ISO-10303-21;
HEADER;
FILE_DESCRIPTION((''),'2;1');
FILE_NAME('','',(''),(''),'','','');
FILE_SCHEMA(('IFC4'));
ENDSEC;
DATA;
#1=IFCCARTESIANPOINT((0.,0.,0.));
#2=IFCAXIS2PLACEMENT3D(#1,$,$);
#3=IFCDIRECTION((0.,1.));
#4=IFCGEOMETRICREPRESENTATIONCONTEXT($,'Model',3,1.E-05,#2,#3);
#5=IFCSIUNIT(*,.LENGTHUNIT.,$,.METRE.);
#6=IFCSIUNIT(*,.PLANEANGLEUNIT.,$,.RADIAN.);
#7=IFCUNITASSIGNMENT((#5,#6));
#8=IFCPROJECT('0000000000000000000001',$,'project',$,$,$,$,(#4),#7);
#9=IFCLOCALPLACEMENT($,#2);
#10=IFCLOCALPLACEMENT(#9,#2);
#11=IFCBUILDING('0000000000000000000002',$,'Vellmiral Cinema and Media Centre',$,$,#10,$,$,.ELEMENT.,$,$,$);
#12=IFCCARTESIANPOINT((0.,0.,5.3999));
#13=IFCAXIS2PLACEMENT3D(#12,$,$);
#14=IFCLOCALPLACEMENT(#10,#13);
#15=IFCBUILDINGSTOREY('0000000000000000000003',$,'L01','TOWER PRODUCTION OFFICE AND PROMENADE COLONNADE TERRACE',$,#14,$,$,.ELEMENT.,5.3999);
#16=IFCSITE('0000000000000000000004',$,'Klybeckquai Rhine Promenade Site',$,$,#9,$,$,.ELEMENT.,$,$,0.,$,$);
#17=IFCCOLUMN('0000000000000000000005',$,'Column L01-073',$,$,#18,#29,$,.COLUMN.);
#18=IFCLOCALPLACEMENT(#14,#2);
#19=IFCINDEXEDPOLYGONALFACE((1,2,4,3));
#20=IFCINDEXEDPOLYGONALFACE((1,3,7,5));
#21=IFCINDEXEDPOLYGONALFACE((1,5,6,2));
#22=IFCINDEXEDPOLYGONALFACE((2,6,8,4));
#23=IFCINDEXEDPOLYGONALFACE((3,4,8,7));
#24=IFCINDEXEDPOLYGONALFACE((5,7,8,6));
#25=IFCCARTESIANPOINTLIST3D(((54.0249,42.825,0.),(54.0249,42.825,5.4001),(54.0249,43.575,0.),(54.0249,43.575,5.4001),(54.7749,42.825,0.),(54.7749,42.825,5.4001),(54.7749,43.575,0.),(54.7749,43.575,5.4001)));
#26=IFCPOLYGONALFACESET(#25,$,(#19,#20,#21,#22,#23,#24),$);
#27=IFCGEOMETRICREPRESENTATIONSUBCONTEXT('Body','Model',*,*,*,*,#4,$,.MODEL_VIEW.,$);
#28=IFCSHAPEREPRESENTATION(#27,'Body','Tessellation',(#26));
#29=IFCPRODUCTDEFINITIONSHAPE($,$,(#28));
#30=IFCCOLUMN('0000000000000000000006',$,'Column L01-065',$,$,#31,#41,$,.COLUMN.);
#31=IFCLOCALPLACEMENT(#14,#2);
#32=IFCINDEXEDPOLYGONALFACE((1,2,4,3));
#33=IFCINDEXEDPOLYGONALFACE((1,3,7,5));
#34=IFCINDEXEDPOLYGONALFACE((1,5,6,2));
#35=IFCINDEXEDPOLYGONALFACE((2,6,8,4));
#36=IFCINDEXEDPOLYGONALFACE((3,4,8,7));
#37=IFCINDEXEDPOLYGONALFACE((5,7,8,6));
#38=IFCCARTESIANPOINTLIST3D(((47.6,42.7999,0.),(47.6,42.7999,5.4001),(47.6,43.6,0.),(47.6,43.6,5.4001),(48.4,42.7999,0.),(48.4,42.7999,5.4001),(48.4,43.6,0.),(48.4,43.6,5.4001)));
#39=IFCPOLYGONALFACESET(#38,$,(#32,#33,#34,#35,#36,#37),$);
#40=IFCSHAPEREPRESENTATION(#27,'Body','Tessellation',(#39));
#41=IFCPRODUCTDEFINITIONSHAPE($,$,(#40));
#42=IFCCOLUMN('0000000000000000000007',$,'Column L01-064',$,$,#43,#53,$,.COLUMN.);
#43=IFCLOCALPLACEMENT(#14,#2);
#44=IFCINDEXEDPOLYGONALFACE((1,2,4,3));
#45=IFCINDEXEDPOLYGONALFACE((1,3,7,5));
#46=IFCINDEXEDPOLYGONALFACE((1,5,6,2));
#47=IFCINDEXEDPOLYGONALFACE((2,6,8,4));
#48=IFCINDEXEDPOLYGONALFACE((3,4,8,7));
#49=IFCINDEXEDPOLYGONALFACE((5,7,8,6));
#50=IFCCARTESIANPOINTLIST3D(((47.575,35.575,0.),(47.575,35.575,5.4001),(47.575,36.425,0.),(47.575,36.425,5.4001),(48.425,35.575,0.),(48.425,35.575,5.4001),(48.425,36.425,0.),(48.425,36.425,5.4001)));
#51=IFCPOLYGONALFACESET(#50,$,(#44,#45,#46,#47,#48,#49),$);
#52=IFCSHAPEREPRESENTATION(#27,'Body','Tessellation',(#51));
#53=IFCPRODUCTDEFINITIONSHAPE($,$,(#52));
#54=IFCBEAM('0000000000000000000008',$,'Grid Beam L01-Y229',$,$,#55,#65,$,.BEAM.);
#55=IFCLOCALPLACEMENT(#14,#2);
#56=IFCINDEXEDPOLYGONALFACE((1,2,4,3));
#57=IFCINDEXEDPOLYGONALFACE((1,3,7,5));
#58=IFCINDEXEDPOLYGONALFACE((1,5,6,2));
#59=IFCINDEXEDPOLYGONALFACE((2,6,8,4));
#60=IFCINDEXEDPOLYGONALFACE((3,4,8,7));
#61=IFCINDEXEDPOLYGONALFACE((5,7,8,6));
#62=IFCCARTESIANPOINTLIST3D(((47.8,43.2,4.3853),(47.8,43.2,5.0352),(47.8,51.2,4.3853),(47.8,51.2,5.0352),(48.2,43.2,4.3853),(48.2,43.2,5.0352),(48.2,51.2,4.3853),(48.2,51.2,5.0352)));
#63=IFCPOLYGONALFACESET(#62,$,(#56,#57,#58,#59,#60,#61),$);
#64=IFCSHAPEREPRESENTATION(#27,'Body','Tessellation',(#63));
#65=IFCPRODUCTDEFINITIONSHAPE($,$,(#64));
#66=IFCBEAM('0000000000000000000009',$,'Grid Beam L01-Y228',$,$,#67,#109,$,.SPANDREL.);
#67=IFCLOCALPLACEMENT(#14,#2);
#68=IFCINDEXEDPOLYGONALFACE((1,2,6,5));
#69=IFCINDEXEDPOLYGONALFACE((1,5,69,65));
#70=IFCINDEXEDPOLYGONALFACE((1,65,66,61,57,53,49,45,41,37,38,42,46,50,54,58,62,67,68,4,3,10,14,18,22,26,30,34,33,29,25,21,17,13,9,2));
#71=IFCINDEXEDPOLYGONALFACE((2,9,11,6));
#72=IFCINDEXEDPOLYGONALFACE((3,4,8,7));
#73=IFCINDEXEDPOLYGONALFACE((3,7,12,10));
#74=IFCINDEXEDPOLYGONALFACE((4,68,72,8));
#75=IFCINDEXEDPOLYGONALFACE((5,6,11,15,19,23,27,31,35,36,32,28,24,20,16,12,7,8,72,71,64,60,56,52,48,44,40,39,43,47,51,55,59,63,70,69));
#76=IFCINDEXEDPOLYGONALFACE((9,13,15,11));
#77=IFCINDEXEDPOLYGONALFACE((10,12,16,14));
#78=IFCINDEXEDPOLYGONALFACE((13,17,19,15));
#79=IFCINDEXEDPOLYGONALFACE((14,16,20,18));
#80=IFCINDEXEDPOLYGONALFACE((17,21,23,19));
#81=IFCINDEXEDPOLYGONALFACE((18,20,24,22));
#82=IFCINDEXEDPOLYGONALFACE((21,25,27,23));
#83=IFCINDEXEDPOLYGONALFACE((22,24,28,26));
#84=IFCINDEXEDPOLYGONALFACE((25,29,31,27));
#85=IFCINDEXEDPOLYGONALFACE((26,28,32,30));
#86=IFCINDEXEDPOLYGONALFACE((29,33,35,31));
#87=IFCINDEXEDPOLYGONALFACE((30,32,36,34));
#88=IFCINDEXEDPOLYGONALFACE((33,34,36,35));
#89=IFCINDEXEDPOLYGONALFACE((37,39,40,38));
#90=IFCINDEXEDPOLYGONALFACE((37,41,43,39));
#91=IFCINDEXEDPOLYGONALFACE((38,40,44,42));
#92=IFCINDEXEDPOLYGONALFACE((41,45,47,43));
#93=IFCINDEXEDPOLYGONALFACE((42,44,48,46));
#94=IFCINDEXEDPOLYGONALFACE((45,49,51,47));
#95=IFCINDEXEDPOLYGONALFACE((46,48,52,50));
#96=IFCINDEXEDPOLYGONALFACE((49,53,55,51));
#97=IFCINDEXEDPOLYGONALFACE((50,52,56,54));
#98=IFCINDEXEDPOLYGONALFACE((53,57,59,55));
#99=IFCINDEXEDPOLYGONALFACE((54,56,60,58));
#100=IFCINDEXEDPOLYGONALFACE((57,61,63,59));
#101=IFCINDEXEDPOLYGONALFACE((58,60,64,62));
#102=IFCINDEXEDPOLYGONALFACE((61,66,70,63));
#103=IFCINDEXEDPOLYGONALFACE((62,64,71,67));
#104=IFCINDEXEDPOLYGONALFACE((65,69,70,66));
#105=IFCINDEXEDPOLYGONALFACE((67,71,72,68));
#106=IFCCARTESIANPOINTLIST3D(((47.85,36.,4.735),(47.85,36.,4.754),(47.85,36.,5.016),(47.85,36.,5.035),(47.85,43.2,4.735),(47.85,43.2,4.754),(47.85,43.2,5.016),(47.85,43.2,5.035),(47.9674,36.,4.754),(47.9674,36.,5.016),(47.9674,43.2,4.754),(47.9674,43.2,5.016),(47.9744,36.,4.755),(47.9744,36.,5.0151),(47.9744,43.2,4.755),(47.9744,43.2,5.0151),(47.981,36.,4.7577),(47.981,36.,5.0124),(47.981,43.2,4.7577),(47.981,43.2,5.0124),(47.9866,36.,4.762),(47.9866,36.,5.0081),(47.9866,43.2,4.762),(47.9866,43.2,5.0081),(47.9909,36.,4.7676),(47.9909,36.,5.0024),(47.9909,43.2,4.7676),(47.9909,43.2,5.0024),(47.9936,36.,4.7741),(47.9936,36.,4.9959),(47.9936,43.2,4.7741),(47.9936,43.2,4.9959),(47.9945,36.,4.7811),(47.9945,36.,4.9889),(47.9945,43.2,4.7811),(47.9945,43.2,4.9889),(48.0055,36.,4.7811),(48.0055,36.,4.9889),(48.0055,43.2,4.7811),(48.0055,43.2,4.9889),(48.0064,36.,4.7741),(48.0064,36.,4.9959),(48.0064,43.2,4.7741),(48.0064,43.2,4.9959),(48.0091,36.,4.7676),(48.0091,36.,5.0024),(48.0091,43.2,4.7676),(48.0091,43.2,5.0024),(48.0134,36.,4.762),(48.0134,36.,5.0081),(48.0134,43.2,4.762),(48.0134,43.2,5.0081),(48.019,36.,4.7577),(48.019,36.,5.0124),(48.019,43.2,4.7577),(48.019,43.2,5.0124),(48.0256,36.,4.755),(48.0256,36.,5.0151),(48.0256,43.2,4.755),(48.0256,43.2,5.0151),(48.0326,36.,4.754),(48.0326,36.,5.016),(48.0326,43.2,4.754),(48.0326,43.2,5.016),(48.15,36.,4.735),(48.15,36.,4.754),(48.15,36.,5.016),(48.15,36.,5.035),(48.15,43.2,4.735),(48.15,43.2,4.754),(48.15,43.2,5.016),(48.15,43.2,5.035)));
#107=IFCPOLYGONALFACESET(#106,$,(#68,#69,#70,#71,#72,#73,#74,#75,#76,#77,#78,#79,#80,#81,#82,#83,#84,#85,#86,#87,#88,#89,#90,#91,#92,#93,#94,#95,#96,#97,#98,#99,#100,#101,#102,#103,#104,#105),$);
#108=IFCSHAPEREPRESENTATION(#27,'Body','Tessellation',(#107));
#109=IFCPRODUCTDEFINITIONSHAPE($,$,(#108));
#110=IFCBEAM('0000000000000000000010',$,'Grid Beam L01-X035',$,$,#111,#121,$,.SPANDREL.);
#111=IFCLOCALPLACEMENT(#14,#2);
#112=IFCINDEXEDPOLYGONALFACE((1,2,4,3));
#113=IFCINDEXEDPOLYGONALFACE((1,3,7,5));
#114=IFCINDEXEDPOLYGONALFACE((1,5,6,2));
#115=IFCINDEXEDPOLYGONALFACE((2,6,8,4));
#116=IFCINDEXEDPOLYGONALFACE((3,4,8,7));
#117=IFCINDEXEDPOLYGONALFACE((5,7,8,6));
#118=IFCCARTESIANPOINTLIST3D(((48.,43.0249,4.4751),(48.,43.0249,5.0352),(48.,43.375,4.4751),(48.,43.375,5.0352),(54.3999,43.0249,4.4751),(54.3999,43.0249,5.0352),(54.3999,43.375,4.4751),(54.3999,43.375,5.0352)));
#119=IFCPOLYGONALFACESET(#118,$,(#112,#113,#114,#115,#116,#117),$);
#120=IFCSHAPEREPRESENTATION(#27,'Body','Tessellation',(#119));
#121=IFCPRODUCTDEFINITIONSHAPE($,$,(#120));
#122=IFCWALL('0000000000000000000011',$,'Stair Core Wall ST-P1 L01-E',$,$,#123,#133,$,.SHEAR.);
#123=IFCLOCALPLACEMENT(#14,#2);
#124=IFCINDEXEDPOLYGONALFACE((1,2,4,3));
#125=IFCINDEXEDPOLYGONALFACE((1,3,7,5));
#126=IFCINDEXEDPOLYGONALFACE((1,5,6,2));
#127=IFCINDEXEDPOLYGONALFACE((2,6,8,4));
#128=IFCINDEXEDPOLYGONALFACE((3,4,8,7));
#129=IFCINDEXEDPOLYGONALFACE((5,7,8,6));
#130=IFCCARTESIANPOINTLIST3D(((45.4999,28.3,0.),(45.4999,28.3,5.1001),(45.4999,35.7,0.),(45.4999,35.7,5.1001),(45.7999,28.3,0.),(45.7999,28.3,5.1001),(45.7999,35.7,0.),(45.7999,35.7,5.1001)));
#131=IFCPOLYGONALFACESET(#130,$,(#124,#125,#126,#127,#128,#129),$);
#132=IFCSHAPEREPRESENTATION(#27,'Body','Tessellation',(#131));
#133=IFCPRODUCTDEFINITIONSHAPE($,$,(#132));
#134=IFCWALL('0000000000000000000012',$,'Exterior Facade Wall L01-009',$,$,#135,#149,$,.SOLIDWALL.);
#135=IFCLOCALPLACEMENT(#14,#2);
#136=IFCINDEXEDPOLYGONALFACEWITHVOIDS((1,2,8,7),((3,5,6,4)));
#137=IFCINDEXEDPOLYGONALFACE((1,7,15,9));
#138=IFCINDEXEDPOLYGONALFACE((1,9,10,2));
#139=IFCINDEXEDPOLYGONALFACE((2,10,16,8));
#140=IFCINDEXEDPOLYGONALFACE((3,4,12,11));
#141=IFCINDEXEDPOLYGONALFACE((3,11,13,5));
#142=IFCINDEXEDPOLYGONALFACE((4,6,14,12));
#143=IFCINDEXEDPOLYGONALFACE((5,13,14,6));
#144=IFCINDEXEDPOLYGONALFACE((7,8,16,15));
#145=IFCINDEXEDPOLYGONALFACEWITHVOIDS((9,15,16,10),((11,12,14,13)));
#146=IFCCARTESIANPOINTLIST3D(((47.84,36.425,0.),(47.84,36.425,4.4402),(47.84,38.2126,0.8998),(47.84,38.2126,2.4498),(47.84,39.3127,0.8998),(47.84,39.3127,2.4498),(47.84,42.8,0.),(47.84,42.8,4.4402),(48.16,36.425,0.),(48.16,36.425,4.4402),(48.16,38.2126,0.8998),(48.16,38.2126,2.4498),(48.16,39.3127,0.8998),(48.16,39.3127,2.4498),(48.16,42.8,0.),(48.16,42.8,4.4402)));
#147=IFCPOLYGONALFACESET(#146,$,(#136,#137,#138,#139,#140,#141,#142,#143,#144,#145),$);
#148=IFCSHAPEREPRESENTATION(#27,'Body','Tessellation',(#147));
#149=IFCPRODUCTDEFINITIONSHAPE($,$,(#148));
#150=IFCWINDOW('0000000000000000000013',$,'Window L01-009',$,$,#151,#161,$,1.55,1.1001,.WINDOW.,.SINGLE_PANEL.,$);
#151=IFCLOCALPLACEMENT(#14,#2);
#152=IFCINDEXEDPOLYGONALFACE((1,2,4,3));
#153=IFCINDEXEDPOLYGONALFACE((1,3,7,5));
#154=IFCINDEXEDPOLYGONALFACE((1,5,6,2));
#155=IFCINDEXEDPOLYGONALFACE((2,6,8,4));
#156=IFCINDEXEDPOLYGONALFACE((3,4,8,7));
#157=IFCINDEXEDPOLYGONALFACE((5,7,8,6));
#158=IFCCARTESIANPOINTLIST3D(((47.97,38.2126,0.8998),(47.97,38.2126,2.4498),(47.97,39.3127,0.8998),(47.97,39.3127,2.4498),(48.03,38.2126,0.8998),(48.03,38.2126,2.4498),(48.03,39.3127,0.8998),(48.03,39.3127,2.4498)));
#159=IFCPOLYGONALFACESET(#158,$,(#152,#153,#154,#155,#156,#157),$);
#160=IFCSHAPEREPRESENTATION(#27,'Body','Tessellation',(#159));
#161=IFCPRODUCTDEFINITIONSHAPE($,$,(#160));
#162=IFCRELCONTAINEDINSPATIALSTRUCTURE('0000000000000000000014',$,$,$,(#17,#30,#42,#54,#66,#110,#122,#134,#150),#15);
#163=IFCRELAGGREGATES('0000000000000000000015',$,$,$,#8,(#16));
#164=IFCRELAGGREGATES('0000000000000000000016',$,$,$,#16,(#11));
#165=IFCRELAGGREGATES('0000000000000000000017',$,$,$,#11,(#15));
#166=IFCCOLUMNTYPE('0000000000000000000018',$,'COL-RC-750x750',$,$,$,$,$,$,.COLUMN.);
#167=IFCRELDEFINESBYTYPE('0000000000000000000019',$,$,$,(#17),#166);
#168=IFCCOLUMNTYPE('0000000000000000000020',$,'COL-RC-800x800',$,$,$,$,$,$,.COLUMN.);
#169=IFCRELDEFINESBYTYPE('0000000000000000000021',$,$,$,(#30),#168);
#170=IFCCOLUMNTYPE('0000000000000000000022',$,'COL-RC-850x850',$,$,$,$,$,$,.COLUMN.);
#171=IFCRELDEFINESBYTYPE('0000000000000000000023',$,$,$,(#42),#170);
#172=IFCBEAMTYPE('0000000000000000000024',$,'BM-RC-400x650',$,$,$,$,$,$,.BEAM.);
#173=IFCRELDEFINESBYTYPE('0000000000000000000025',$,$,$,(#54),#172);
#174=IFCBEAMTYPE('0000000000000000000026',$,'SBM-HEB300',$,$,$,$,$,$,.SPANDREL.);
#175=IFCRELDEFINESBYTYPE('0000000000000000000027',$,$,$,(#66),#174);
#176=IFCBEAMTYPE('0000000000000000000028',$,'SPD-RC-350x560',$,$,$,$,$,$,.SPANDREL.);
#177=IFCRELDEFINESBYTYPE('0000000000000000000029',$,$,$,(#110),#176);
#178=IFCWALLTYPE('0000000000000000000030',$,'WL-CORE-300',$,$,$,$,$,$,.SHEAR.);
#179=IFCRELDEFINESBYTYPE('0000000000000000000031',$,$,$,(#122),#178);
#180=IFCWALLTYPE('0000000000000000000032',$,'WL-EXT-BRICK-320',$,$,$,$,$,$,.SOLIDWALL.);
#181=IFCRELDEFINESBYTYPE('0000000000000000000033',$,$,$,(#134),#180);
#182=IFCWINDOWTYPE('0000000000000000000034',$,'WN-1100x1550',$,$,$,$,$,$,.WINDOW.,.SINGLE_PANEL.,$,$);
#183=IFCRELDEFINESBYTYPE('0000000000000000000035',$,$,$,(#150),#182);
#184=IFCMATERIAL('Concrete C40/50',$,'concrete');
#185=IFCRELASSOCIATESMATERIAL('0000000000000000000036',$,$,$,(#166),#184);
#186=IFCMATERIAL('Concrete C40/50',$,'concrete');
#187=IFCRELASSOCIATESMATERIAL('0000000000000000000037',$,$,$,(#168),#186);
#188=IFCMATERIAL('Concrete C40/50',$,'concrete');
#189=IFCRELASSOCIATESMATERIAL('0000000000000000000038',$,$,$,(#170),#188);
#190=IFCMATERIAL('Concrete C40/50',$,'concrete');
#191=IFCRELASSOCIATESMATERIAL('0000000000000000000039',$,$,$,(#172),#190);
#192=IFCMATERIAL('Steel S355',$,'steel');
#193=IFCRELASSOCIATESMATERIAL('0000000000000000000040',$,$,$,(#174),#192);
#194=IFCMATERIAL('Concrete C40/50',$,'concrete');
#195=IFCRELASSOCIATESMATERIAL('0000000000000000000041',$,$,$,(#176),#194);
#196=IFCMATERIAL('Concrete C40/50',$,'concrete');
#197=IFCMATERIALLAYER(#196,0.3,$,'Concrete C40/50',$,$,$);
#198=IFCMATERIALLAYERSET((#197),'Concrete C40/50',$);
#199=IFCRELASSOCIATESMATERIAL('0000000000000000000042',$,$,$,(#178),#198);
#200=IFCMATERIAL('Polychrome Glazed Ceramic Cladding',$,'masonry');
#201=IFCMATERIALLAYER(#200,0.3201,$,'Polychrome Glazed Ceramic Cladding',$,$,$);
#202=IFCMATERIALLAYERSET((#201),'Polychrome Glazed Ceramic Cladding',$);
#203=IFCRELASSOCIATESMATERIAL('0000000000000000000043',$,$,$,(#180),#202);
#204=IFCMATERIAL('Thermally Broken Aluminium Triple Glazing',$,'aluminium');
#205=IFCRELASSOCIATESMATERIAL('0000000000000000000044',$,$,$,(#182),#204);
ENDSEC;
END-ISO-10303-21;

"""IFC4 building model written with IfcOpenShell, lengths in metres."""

from ifc_helpers import new_model, si_unit, direction, frame, frame_2d, origin, origin_2d, place, context, subcontext, project, spatial, rectangle, i_section, extrude, material, layer, layer_set, material_profile, profile_set, type_object, element, fill, save


model = new_model("IFC4")

# Units and contexts
model_context = context("Model", 3, precision=1e-05, world=origin(), true_north=direction((0.0, 1.0)))
body_context = subcontext(model_context, "Body", "Model", "MODEL_VIEW")
ifc_project = project(units=[si_unit("LENGTHUNIT", "METRE"), si_unit("PLANEANGLEUNIT", "RADIAN")], contexts=[model_context])

# Site, building, storey
site_placement = place(None, origin())
site = spatial("IfcSite", under=ifc_project, at=site_placement, Name="Klybeckquai Rhine Promenade Site", CompositionType="ELEMENT", RefElevation=0.0)
building_placement = place(site_placement, origin())
building = spatial("IfcBuilding", under=site, at=building_placement, Name="Vellmiral Cinema and Media Centre", CompositionType="ELEMENT")
storey_placement = place(building_placement, frame((0.0, 0.0, 5.3999)))
storey = spatial("IfcBuildingStorey", under=building, at=storey_placement, Name="L01", Description="TOWER PRODUCTION OFFICE AND PROMENADE COLONNADE TERRACE", CompositionType="ELEMENT", Elevation=5.3999)

# Columns
ifc_material_1 = material(Name="Concrete C40/50", Category="concrete")
ifc_material_profile_1 = material_profile(ifc_material_1, rectangle(XDim=0.75, YDim=0.75, at=origin_2d()), Name="RC 750x750")
ifc_profile_set_1 = profile_set([ifc_material_profile_1], Name="Concrete C40/50")
column_type_1 = type_object("IfcColumnType", Name="COL-RC-750x750", PredefinedType="COLUMN", material=ifc_profile_set_1)
column_1_placement = place(storey_placement, frame((54.3999, 43.2, 0.0), z_axis=(0.0, 0.0, 1.0), x_axis=(1.0, 0.0, 0.0)))
element("IfcColumn", 1, at=column_1_placement, inside=storey, type_object=column_type_1, Name="Column L01-073", PredefinedType="COLUMN", context=body_context, shape_type="SweptSolid", body=[
    extrude(rectangle(XDim=0.75, YDim=0.75, at=origin_2d()), origin(), (0.0, 0.0, 1.0), 5.4001),
])
ifc_material_2 = material(Name="Concrete C40/50", Category="concrete")
ifc_material_profile_2 = material_profile(ifc_material_2, rectangle(XDim=0.8, YDim=0.8, at=origin_2d()), Name="RC 800x800")
ifc_profile_set_2 = profile_set([ifc_material_profile_2], Name="Concrete C40/50")
column_type_2 = type_object("IfcColumnType", Name="COL-RC-800x800", PredefinedType="COLUMN", material=ifc_profile_set_2)
column_2_placement = place(storey_placement, frame((48.0, 43.2, 0.0), z_axis=(0.0, 0.0, 1.0), x_axis=(1.0, 0.0, 0.0)))
element("IfcColumn", 2, at=column_2_placement, inside=storey, type_object=column_type_2, Name="Column L01-065", PredefinedType="COLUMN", context=body_context, shape_type="SweptSolid", body=[
    extrude(rectangle(XDim=0.8, YDim=0.8, at=origin_2d()), origin(), (0.0, 0.0, 1.0), 5.4001),
])
ifc_material_3 = material(Name="Concrete C40/50", Category="concrete")
ifc_material_profile_3 = material_profile(ifc_material_3, rectangle(XDim=0.8501, YDim=0.8501, at=origin_2d()), Name="RC 850x850")
ifc_profile_set_3 = profile_set([ifc_material_profile_3], Name="Concrete C40/50")
column_type_3 = type_object("IfcColumnType", Name="COL-RC-850x850", PredefinedType="COLUMN", material=ifc_profile_set_3)
column_3_placement = place(storey_placement, frame((48.0, 36.0, 0.0), z_axis=(0.0, 0.0, 1.0), x_axis=(1.0, 0.0, 0.0)))
element("IfcColumn", 3, at=column_3_placement, inside=storey, type_object=column_type_3, Name="Column L01-064", PredefinedType="COLUMN", context=body_context, shape_type="SweptSolid", body=[
    extrude(rectangle(XDim=0.8501, YDim=0.8501, at=origin_2d()), origin(), (0.0, 0.0, 1.0), 5.4001),
])

# Beams
ifc_material_4 = material(Name="Concrete C40/50", Category="concrete")
ifc_material_profile_4 = material_profile(ifc_material_4, rectangle(XDim=0.3999, YDim=0.6499, at=origin_2d()), Name="RC 400x650")
ifc_profile_set_4 = profile_set([ifc_material_profile_4], Name="Concrete C40/50")
beam_type_1 = type_object("IfcBeamType", Name="BM-RC-400x650", PredefinedType="BEAM", material=ifc_profile_set_4)
beam_1_placement = place(storey_placement, frame((48.0, 43.2, 4.7102), z_axis=(0.0, 1.0, 0.0), x_axis=(-1.0, 0.0, 0.0)))
element("IfcBeam", 4, at=beam_1_placement, inside=storey, type_object=beam_type_1, Name="Grid Beam L01-Y229", PredefinedType="BEAM", context=body_context, shape_type="SweptSolid", body=[
    extrude(rectangle(XDim=0.3999, YDim=0.6499, at=origin_2d()), origin(), (0.0, 0.0, 1.0), 8.0),
])
ifc_material_5 = material(Name="Steel S355", Category="steel")
ifc_material_profile_5 = material_profile(ifc_material_5, i_section(OverallWidth=0.3, OverallDepth=0.3, WebThickness=0.011, FlangeThickness=0.019, FilletRadius=0.0271, at=origin_2d()), Name="HEB 300")
ifc_profile_set_5 = profile_set([ifc_material_profile_5], Name="Steel S355")
beam_type_2 = type_object("IfcBeamType", Name="SBM-HEB300", PredefinedType="SPANDREL", material=ifc_profile_set_5)
beam_2_placement = place(storey_placement, frame((48.0, 36.0, 4.885), z_axis=(0.0, 1.0, 0.0), x_axis=(-1.0, 0.0, 0.0)))
element("IfcBeam", 5, at=beam_2_placement, inside=storey, type_object=beam_type_2, Name="Grid Beam L01-Y228", PredefinedType="SPANDREL", context=body_context, shape_type="SweptSolid", body=[
    extrude(i_section(OverallWidth=0.3, OverallDepth=0.3, WebThickness=0.011, FlangeThickness=0.019, FilletRadius=0.0271, at=origin_2d()), origin(), (0.0, 0.0, 1.0), 7.2),
])
ifc_material_6 = material(Name="Concrete C40/50", Category="concrete")
ifc_material_profile_6 = material_profile(ifc_material_6, rectangle(XDim=0.3501, YDim=0.5601, at=origin_2d()), Name="RC 350x560")
ifc_profile_set_6 = profile_set([ifc_material_profile_6], Name="Concrete C40/50")
beam_type_3 = type_object("IfcBeamType", Name="SPD-RC-350x560", PredefinedType="SPANDREL", material=ifc_profile_set_6)
beam_3_placement = place(storey_placement, frame((48.0, 43.2, 4.7551), z_axis=(1.0, 0.0, 0.0), x_axis=(0.0, 1.0, 0.0)))
element("IfcBeam", 6, at=beam_3_placement, inside=storey, type_object=beam_type_3, Name="Grid Beam L01-X035", PredefinedType="SPANDREL", context=body_context, shape_type="SweptSolid", body=[
    extrude(rectangle(XDim=0.3501, YDim=0.5601, at=origin_2d()), origin(), (0.0, 0.0, 1.0), 6.3999),
])

# Wall
ifc_material_7 = material(Name="Concrete C40/50", Category="concrete")
ifc_layer_1 = layer(ifc_material_7, 0.3, Name="Concrete C40/50")
ifc_layer_set_1 = layer_set([ifc_layer_1], Name="Concrete C40/50")
wall_type_1 = type_object("IfcWallType", Name="WL-CORE-300", PredefinedType="SHEAR", material=ifc_layer_set_1)
wall_1_placement = place(storey_placement, frame((45.6499, 28.3, 0.0), z_axis=(0.0, 0.0, 1.0), x_axis=(0.0, 1.0, 0.0)))
element("IfcWall", 7, at=wall_1_placement, inside=storey, type_object=wall_type_1, Name="Stair Core Wall ST-P1 L01-E", PredefinedType="SHEAR", context=body_context, shape_type="SweptSolid", body=[
    extrude(rectangle(XDim=7.3999, YDim=0.3, at=frame_2d((3.7, 0.0))), origin(), (0.0, 0.0, 1.0), 5.1001),
])

# Wall, opening, window
ifc_material_8 = material(Name="Polychrome Glazed Ceramic Cladding", Category="masonry")
ifc_layer_2 = layer(ifc_material_8, 0.3201, Name="Polychrome Glazed Ceramic Cladding")
ifc_layer_set_2 = layer_set([ifc_layer_2], Name="Polychrome Glazed Ceramic Cladding")
wall_type_2 = type_object("IfcWallType", Name="WL-EXT-BRICK-320", PredefinedType="SOLIDWALL", material=ifc_layer_set_2)
wall_2_placement = place(storey_placement, frame((48.0, 36.425, 0.0), z_axis=(0.0, 0.0, 1.0), x_axis=(0.0, 1.0, 0.0)))
wall_2 = element("IfcWall", 8, at=wall_2_placement, inside=storey, type_object=wall_type_2, Name="Exterior Facade Wall L01-009", PredefinedType="SOLIDWALL", context=body_context, shape_type="SweptSolid", body=[
    extrude(rectangle(XDim=6.375, YDim=0.3201, at=frame_2d((3.1875, 0.0))), origin(), (0.0, 0.0, 1.0), 4.4402),
])
opening_1_placement = place(wall_2_placement, frame((1.7876, 0.0, 0.8999)))
opening_1 = element("IfcOpeningElement", 9, at=opening_1_placement, cuts=wall_2, PredefinedType="OPENING", context=body_context, shape_type="SweptSolid", body=[
    extrude(rectangle(XDim=1.1001, YDim=1.55, at=frame_2d((0.55, 0.7749))), frame((0.0, 0.1719, 0.0), z_axis=(0.0, -1.0, 0.0), x_axis=(1.0, 0.0, 0.0)), (0.0, 0.0, 1.0), 0.344),
])
ifc_material_9 = material(Name="Thermally Broken Aluminium Triple Glazing", Category="aluminium")
window_type = type_object("IfcWindowType", Name="WN-1100x1550", PartitioningType="SINGLE_PANEL", PredefinedType="WINDOW", material=ifc_material_9)
window_placement = place(opening_1_placement, origin())
window = element("IfcWindow", 10, at=window_placement, inside=storey, type_object=window_type, Name="Window L01-009", OverallHeight=1.55, OverallWidth=1.1001, PartitioningType="SINGLE_PANEL", PredefinedType="WINDOW", context=body_context, shape_type="SweptSolid", body=[
    extrude(rectangle(XDim=1.1001, YDim=1.55, at=frame_2d((0.55, 0.7749))), frame((0.0, 0.03, 0.0), z_axis=(0.0, -1.0, 0.0), x_axis=(1.0, 0.0, 0.0)), (0.0, 0.0, 1.0), 0.0601),
])
fill(opening_1, window)

save(model, "model.ifc")
